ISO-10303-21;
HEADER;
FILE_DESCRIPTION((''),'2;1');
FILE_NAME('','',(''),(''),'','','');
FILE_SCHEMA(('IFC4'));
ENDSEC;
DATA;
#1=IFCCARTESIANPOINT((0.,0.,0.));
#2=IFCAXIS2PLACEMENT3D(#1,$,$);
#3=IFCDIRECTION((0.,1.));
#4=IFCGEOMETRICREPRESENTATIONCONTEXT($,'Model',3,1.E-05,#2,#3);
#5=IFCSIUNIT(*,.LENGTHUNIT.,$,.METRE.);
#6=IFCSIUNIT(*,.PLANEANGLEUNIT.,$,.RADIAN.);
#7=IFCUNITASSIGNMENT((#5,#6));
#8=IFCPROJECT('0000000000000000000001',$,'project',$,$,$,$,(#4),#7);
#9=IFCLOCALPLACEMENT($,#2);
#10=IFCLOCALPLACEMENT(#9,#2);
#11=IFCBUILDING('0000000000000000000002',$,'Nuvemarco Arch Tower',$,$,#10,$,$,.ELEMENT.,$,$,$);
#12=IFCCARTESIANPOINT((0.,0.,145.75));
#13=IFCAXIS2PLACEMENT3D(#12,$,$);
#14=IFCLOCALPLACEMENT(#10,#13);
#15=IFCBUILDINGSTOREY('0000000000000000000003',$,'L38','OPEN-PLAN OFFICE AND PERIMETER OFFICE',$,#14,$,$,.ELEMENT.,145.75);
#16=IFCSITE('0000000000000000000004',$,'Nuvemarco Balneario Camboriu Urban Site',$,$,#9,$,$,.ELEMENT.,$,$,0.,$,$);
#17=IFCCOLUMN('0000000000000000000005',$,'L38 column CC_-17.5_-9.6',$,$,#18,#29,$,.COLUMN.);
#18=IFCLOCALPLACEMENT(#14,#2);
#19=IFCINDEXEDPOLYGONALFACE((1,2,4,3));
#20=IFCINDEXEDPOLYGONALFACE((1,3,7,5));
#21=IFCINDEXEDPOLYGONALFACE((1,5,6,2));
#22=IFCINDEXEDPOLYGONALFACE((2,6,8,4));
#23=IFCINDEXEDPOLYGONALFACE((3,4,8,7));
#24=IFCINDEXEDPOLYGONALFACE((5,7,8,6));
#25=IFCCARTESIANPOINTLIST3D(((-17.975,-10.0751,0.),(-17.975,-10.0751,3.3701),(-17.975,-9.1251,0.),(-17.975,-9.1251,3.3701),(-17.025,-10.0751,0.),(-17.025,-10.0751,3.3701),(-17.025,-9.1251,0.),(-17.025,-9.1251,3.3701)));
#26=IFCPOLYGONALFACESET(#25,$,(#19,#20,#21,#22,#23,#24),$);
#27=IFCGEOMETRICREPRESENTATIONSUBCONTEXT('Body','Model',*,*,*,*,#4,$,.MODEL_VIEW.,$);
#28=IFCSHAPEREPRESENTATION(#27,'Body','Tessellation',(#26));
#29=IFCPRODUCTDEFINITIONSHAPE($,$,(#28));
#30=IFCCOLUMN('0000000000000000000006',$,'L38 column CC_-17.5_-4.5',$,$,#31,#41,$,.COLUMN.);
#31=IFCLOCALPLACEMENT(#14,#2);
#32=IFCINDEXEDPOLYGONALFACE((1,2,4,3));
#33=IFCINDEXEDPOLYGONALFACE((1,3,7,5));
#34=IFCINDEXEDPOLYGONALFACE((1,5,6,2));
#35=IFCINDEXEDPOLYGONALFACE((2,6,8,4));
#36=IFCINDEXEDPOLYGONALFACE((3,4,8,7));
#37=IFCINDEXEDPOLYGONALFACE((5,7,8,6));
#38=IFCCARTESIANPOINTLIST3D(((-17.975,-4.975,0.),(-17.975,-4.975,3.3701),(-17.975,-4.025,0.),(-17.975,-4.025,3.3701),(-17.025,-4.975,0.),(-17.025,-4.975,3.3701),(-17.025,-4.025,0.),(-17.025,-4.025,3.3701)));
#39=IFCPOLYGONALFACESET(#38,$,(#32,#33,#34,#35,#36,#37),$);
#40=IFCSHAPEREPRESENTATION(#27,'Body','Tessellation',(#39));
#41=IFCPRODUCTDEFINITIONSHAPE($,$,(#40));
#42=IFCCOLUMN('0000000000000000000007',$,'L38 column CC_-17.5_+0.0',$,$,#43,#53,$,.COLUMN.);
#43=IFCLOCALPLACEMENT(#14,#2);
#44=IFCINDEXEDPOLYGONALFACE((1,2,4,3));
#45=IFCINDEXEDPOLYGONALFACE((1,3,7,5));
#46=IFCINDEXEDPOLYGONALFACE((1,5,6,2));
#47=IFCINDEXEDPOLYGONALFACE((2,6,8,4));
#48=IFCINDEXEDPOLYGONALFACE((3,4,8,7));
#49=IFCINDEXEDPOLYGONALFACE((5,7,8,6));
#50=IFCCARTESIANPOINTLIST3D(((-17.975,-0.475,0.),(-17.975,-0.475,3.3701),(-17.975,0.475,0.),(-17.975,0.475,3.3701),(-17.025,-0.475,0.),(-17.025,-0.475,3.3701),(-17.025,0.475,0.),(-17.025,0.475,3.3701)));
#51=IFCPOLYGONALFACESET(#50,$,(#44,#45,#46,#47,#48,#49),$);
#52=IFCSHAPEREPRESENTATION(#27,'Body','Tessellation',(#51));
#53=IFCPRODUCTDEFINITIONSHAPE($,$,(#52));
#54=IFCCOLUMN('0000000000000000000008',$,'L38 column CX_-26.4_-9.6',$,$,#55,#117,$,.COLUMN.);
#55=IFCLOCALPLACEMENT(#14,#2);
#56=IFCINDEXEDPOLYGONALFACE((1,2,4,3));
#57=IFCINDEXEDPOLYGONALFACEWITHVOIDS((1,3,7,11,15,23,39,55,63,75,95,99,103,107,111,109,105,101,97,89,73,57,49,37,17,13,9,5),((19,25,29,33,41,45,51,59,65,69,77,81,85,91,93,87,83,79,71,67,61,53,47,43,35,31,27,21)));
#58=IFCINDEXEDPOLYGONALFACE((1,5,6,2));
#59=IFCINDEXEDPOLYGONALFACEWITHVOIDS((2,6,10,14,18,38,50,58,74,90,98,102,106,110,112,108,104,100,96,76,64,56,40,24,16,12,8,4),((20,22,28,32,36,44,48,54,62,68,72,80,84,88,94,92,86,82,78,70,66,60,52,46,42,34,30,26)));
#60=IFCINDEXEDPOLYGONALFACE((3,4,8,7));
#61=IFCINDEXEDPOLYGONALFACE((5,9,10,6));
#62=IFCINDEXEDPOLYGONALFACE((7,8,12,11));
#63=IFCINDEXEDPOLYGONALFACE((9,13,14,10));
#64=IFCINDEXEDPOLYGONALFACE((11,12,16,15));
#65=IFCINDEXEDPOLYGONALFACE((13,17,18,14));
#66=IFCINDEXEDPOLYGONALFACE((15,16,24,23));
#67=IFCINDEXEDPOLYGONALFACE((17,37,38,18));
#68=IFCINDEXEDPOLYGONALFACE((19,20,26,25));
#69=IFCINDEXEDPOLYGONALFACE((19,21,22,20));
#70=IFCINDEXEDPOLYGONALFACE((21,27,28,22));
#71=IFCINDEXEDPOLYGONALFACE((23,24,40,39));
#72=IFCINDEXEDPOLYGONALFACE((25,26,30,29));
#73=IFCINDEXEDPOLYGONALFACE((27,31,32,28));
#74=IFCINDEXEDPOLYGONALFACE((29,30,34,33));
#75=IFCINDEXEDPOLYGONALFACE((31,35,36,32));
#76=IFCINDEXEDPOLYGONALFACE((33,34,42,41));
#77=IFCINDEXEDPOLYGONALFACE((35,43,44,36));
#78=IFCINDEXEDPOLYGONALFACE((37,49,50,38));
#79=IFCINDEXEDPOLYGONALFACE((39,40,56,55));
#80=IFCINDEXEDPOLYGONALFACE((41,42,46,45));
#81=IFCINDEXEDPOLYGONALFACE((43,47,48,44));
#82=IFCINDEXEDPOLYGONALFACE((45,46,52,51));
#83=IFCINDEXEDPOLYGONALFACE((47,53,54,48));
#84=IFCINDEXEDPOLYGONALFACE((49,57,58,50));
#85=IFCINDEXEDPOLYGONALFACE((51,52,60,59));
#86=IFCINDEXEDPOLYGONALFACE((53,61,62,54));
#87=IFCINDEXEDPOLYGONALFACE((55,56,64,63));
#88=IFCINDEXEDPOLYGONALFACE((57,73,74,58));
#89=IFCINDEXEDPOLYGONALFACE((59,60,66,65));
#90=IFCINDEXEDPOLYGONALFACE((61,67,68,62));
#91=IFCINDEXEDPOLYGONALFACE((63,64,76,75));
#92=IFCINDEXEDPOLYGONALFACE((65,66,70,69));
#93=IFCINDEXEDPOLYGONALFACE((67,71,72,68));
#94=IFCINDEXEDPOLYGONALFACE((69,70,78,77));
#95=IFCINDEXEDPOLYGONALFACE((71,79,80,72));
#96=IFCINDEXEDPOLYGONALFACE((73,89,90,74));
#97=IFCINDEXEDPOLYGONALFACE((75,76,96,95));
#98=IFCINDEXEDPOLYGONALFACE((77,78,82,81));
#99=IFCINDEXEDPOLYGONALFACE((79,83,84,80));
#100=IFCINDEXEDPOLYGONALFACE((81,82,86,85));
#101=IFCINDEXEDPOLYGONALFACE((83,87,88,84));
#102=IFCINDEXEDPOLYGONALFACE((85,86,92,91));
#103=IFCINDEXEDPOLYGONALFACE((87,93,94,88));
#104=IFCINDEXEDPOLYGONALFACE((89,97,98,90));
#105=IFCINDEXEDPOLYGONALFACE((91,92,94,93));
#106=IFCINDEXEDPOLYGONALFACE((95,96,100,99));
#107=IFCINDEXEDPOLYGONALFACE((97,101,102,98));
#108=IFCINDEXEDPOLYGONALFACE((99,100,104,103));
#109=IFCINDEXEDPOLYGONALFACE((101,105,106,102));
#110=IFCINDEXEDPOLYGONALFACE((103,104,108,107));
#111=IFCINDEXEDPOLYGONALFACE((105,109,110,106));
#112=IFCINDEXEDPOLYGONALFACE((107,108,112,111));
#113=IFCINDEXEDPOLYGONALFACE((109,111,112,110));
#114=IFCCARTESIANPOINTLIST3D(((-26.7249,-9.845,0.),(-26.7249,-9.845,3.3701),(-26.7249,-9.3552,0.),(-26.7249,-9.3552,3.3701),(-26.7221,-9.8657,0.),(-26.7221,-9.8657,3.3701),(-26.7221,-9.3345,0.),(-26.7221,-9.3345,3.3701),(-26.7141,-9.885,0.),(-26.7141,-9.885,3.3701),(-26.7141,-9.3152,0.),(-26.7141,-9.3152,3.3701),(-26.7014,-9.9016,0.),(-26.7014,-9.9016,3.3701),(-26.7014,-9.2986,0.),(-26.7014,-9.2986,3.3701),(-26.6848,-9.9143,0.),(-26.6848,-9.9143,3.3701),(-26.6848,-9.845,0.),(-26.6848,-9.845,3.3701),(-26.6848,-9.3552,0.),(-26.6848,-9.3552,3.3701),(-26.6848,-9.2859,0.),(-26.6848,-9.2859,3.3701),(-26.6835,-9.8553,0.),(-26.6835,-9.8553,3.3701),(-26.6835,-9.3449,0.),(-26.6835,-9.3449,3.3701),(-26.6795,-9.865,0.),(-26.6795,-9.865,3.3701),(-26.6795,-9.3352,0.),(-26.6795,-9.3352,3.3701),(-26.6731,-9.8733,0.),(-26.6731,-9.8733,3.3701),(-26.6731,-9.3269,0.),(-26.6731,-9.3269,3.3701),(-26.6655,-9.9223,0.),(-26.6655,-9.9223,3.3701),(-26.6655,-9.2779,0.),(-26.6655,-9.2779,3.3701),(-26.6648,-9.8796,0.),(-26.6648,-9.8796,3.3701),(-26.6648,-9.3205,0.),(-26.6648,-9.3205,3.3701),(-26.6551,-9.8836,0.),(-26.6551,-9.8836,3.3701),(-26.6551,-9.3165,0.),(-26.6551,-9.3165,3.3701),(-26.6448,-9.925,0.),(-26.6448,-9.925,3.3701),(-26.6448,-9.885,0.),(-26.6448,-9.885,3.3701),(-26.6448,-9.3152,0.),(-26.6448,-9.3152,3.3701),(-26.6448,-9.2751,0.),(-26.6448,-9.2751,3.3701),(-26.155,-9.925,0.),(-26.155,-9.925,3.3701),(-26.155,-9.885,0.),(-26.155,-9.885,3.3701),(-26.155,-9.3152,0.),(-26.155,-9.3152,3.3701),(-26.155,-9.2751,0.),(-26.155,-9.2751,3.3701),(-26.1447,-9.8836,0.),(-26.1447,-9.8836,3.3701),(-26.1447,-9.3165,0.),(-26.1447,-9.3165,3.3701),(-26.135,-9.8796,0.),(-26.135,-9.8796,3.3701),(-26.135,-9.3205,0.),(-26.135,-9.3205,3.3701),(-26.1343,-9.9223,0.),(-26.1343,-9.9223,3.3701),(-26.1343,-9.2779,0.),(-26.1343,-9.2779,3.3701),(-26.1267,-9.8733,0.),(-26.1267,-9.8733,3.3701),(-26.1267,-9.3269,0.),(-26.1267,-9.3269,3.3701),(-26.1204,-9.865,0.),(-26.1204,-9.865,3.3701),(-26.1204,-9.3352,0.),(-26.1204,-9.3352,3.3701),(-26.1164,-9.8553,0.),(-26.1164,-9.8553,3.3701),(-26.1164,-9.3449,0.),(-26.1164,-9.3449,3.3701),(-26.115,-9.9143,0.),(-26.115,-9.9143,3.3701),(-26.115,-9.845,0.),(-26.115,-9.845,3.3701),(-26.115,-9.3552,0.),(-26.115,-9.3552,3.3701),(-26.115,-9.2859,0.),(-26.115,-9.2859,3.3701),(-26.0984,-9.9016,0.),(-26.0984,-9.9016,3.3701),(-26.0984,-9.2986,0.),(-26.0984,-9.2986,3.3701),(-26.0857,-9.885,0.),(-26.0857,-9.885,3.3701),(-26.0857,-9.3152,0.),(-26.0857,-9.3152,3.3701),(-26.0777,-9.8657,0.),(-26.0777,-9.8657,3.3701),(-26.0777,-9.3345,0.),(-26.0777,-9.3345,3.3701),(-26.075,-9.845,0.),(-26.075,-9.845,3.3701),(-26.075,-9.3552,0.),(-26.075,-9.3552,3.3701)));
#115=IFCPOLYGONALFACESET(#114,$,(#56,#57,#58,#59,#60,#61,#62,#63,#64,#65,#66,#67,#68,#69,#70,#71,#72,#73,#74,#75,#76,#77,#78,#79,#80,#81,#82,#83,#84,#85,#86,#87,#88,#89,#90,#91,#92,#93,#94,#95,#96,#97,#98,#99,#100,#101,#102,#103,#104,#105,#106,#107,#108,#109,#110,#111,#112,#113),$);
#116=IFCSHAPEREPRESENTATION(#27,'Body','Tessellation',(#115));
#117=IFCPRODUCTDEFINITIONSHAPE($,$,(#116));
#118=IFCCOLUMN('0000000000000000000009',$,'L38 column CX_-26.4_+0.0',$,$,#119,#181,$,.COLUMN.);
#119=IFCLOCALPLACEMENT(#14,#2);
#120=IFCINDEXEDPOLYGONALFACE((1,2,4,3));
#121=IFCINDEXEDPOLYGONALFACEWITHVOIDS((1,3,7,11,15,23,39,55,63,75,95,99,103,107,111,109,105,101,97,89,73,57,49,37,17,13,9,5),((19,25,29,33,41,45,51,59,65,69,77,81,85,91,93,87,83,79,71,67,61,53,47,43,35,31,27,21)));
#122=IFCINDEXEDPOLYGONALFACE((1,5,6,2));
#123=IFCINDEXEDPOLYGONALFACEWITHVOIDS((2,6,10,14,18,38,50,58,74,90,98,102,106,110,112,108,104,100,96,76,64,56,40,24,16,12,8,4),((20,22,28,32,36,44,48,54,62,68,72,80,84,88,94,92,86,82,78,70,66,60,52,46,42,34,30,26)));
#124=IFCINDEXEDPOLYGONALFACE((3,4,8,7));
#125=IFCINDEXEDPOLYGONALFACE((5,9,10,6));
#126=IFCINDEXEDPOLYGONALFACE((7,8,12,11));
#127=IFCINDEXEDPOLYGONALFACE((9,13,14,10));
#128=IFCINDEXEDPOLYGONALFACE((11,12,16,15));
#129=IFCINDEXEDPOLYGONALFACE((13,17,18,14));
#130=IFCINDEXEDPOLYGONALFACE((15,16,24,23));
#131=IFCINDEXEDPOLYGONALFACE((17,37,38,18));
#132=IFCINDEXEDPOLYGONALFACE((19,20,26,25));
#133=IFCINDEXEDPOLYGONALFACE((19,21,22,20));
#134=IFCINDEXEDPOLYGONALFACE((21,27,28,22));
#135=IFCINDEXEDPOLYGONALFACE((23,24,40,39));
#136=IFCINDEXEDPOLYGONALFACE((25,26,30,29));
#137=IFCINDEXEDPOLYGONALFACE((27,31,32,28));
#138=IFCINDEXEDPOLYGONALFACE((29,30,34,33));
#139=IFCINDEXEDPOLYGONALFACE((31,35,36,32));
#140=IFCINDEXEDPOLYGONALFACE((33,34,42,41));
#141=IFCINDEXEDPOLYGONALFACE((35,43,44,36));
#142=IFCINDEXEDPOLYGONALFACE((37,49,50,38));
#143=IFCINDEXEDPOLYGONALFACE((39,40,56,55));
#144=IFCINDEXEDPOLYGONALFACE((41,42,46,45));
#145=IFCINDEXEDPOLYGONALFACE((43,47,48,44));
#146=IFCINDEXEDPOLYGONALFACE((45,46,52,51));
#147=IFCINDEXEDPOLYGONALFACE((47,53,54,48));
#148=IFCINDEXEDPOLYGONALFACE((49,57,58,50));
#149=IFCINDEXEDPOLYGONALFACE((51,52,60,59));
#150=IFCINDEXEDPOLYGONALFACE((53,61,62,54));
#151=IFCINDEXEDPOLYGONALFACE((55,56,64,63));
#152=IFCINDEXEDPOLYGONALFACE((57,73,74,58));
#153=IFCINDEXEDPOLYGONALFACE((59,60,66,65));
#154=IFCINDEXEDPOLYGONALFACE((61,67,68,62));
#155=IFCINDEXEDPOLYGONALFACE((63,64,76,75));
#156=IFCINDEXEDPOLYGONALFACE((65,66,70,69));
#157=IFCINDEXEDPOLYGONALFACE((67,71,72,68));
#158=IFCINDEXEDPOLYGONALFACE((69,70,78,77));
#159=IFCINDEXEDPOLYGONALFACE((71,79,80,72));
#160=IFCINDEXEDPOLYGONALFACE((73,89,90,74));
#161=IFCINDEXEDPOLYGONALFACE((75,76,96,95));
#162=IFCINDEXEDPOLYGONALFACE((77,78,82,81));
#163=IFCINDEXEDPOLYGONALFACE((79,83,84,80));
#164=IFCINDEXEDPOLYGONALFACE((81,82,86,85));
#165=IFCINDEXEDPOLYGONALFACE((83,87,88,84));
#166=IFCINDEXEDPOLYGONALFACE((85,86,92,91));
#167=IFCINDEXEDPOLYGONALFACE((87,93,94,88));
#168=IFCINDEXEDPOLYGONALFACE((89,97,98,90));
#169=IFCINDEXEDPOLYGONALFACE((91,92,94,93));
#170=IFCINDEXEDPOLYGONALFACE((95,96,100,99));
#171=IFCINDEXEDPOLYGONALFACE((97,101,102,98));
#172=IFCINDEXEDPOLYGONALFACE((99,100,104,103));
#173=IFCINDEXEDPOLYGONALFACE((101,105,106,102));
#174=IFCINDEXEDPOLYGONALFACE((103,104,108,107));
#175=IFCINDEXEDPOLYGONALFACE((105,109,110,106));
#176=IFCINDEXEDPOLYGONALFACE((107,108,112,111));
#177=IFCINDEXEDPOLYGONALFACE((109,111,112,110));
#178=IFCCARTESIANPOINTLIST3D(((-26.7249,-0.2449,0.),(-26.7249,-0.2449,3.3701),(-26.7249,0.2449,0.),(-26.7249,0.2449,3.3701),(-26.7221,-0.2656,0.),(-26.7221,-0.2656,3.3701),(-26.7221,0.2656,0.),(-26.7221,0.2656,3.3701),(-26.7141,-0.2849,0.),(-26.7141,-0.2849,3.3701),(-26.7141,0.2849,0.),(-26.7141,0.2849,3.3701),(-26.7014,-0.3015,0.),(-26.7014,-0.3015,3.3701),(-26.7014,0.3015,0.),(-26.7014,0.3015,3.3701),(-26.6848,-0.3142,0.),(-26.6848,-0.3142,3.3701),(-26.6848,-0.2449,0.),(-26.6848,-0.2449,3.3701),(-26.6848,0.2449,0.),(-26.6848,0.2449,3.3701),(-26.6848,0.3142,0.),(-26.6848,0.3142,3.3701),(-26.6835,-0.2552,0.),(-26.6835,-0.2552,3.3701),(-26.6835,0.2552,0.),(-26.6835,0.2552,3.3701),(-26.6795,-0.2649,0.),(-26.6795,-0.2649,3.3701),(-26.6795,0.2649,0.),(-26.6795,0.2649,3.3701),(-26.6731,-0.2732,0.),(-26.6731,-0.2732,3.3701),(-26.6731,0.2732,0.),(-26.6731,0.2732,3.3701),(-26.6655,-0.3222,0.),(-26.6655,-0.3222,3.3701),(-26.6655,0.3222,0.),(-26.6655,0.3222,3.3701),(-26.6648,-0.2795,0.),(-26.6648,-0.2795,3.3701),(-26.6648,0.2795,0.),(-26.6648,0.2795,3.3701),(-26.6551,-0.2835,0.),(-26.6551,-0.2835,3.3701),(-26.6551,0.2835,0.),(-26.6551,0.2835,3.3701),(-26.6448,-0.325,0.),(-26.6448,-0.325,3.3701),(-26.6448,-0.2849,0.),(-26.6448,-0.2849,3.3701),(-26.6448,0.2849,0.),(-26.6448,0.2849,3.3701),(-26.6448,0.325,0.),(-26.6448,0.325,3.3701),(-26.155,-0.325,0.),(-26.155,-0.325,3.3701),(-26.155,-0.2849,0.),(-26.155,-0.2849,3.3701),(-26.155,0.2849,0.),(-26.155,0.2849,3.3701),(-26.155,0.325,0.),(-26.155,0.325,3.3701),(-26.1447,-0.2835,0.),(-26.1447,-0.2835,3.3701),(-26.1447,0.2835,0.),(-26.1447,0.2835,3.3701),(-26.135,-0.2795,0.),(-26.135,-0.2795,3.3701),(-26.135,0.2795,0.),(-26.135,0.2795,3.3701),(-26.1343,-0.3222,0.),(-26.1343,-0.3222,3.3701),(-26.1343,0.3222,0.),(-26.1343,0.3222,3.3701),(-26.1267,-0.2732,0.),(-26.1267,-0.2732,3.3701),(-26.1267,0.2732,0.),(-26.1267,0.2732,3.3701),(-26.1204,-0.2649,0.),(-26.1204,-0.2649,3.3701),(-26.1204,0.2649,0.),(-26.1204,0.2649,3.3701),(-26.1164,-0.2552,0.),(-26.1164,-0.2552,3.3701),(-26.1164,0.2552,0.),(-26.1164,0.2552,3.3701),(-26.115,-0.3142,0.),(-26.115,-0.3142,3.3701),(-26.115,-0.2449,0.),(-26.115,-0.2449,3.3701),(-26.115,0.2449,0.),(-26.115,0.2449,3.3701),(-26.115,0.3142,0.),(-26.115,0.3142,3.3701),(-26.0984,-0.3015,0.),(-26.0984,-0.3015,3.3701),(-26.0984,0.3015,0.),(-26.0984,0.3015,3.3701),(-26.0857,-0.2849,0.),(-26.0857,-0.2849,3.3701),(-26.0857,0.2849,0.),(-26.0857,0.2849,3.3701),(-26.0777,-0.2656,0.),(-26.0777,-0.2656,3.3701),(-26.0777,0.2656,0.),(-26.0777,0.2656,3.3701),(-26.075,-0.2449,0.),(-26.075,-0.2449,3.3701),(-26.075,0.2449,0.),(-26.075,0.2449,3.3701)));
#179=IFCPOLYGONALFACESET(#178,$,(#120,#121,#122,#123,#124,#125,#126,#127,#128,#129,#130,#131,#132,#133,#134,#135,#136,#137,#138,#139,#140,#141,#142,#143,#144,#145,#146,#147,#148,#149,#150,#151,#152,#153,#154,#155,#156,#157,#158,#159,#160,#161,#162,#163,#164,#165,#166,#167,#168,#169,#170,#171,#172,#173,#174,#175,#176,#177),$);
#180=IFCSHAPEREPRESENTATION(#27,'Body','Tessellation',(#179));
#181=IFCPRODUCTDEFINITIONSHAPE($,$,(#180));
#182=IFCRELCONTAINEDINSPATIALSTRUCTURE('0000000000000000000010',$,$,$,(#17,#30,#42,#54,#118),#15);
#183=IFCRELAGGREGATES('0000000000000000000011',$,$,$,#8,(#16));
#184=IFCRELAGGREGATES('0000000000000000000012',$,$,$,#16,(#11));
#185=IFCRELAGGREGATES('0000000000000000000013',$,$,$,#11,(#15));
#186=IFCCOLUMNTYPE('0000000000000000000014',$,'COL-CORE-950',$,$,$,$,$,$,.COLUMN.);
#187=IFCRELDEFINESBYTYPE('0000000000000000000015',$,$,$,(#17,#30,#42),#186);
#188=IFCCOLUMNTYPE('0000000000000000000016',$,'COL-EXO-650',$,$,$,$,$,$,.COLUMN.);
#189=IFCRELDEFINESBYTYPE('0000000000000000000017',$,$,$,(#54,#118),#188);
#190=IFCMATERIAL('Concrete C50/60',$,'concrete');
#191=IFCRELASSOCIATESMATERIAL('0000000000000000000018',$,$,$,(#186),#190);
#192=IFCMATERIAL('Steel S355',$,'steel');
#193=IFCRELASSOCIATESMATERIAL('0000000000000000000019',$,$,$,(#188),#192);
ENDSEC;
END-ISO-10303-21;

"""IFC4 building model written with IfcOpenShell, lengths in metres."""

from ifc_helpers import new_model, si_unit, direction, frame, origin, origin_2d, place, context, subcontext, project, spatial, rectangle, hollow_rectangle, extrude, material, material_profile, profile_set, type_object, element, save


model = new_model("IFC4")

# Units and contexts
model_context = context("Model", 3, precision=1e-05, world=origin(), true_north=direction((0.0, 1.0)))
body_context = subcontext(model_context, "Body", "Model", "MODEL_VIEW")
ifc_project = project(units=[si_unit("LENGTHUNIT", "METRE"), si_unit("PLANEANGLEUNIT", "RADIAN")], contexts=[model_context])

# Site, building, storey
site_placement = place(None, origin())
site = spatial("IfcSite", under=ifc_project, at=site_placement, Name="Nuvemarco Balneario Camboriu Urban Site", CompositionType="ELEMENT", RefElevation=0.0)
building_placement = place(site_placement, origin())
building = spatial("IfcBuilding", under=site, at=building_placement, Name="Nuvemarco Arch Tower", CompositionType="ELEMENT")
storey_placement = place(building_placement, frame((0.0, 0.0, 145.75)))
storey = spatial("IfcBuildingStorey", under=building, at=storey_placement, Name="L38", Description="OPEN-PLAN OFFICE AND PERIMETER OFFICE", CompositionType="ELEMENT", Elevation=145.75)

# Columns
ifc_material_1 = material(Name="Concrete C50/60", Category="concrete")
ifc_material_profile_1 = material_profile(ifc_material_1, rectangle(XDim=0.95, YDim=0.95, at=origin_2d()), Name="RC-COL-950x950")
ifc_profile_set_1 = profile_set([ifc_material_profile_1], Name="Concrete C50/60")
column_type_1 = type_object("IfcColumnType", Name="COL-CORE-950", PredefinedType="COLUMN", material=ifc_profile_set_1)
for number, where, z_axis, x_axis, name in (
    (1, (-17.5, -9.6001, 0.0), (0.0, 0.0, 1.0), (1.0, 0.0, 0.0), "L38 column CC_-17.5_-9.6"),
    (2, (-17.5, -4.5, 0.0), (0.0, 0.0, 1.0), (1.0, 0.0, 0.0), "L38 column CC_-17.5_-4.5"),
    (3, (-17.5, 0.0, 0.0), (0.0, 0.0, 1.0), (1.0, 0.0, 0.0), "L38 column CC_-17.5_+0.0"),
):
    element("IfcColumn", number, at=place(storey_placement, frame(where, z_axis=z_axis, x_axis=x_axis)), inside=storey, type_object=column_type_1, Name=name, PredefinedType="COLUMN", context=body_context, shape_type="SweptSolid", body=[
        extrude(rectangle(XDim=0.95, YDim=0.95, at=origin_2d()), origin(), (0.0, 0.0, 1.0), 3.3701),
    ])
ifc_material_2 = material(Name="Steel S355", Category="steel")
ifc_material_profile_2 = material_profile(ifc_material_2, hollow_rectangle(XDim=0.6499, YDim=0.6499, WallThickness=0.04, InnerFilletRadius=0.04, OuterFilletRadius=0.0801, at=origin_2d()), Name="SHS650x650x40")
ifc_profile_set_2 = profile_set([ifc_material_profile_2], Name="Steel S355")
column_type_2 = type_object("IfcColumnType", Name="COL-EXO-650", PredefinedType="COLUMN", material=ifc_profile_set_2)
for number, where, z_axis, x_axis, name in (
    (4, (-26.3999, -9.6001, 0.0), (0.0, 0.0, 1.0), (1.0, 0.0, 0.0), "L38 column CX_-26.4_-9.6"),
    (5, (-26.3999, 0.0, 0.0), (0.0, 0.0, 1.0), (1.0, 0.0, 0.0), "L38 column CX_-26.4_+0.0"),
):
    element("IfcColumn", number, at=place(storey_placement, frame(where, z_axis=z_axis, x_axis=x_axis)), inside=storey, type_object=column_type_2, Name=name, PredefinedType="COLUMN", context=body_context, shape_type="SweptSolid", body=[
        extrude(hollow_rectangle(XDim=0.6499, YDim=0.6499, WallThickness=0.04, InnerFilletRadius=0.04, OuterFilletRadius=0.0801, at=origin_2d()), origin(), (0.0, 0.0, 1.0), 3.3701),
    ])

save(model, "model.ifc")
